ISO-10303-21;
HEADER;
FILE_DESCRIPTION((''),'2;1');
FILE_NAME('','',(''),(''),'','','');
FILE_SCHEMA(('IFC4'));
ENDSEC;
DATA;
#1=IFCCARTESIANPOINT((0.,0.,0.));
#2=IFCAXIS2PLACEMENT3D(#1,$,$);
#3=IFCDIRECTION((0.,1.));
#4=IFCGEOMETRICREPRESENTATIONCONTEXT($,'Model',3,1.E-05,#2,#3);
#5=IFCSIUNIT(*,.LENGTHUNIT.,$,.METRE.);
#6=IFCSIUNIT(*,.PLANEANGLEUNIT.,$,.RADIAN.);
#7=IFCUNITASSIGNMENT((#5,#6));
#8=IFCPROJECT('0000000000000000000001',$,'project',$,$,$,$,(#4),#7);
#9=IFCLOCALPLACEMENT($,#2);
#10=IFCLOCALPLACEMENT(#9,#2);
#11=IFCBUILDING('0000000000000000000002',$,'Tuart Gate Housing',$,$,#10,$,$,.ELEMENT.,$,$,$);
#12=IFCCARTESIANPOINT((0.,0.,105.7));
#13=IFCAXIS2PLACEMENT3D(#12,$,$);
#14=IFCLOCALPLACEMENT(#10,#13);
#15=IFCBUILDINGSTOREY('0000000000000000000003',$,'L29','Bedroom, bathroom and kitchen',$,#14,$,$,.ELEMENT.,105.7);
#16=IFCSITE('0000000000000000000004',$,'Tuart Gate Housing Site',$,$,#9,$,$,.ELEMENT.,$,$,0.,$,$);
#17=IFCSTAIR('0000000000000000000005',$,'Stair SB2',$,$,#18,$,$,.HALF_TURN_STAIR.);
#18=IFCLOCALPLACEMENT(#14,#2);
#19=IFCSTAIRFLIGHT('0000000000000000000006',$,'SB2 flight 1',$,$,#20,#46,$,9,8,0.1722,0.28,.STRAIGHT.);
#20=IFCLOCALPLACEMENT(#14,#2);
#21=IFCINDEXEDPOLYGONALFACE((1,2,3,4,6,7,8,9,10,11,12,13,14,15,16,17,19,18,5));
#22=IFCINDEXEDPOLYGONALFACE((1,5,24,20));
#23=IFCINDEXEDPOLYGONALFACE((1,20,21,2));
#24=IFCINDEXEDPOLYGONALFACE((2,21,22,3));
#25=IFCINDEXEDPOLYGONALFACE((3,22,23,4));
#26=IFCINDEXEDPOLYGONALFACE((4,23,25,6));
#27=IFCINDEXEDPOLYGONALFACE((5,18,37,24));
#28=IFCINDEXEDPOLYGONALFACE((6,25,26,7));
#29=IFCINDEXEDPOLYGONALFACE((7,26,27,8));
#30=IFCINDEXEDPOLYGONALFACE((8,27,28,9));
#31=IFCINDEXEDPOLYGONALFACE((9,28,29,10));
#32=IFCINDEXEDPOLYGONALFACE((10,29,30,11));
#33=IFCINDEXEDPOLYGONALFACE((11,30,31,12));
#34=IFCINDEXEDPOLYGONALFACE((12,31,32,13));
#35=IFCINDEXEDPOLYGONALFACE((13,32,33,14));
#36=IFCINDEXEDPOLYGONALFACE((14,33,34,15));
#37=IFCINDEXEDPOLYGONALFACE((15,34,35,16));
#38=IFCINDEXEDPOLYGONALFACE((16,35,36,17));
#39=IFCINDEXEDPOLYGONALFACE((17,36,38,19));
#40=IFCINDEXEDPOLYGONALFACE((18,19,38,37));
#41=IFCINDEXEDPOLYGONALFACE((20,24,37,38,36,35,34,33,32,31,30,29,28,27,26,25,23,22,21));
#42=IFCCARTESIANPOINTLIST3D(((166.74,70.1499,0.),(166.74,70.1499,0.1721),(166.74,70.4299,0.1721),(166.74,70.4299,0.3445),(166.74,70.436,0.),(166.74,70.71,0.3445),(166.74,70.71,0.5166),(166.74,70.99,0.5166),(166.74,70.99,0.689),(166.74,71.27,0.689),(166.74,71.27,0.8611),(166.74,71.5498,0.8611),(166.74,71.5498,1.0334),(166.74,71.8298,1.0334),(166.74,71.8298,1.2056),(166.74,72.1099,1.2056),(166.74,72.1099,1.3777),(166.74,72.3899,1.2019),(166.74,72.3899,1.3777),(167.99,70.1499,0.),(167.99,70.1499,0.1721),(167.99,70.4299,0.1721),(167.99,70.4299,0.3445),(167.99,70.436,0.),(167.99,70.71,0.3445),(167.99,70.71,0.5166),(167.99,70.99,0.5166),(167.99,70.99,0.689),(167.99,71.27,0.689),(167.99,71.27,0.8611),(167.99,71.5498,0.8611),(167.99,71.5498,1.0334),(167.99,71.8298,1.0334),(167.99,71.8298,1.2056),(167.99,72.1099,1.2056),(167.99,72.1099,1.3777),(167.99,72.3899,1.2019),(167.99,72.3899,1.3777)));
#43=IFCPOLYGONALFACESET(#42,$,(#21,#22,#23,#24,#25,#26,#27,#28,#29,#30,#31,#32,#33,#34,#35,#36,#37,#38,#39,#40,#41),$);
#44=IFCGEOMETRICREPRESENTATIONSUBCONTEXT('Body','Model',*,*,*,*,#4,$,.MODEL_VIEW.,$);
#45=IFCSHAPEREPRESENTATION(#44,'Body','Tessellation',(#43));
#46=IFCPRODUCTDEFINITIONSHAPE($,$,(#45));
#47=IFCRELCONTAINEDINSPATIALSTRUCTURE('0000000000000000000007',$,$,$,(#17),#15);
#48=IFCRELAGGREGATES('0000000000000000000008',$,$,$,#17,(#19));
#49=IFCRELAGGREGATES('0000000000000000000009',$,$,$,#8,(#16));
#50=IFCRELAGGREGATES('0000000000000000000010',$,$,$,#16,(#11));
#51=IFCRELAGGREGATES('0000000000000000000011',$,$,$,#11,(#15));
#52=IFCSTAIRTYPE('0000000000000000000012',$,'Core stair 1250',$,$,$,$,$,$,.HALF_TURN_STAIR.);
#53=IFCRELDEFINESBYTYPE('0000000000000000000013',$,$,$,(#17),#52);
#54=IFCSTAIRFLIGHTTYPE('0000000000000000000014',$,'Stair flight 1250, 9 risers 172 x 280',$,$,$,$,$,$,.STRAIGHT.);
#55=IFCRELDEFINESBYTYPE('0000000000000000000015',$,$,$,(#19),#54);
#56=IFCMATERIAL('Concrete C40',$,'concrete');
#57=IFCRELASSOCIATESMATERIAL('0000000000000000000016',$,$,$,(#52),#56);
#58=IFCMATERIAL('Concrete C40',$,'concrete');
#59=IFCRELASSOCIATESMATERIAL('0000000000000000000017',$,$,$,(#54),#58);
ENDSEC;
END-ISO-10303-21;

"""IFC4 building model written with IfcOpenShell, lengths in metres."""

from ifc_helpers import new_model, si_unit, direction, frame, origin, place, context, subcontext, project, spatial, polyline, outline, extrude, material, type_object, element, aggregate, save


model = new_model("IFC4")

# Units and contexts
model_context = context("Model", 3, precision=1e-05, world=origin(), true_north=direction((0.0, 1.0)))
body_context = subcontext(model_context, "Body", "Model", "MODEL_VIEW")
ifc_project = project(units=[si_unit("LENGTHUNIT", "METRE"), si_unit("PLANEANGLEUNIT", "RADIAN")], contexts=[model_context])

# Site, building, storey
site_placement = place(None, origin())
site = spatial("IfcSite", under=ifc_project, at=site_placement, Name="Tuart Gate Housing Site", CompositionType="ELEMENT", RefElevation=0.0)
building_placement = place(site_placement, origin())
building = spatial("IfcBuilding", under=site, at=building_placement, Name="Tuart Gate Housing", CompositionType="ELEMENT")
storey_placement = place(building_placement, frame((0.0, 0.0, 105.7)))
storey = spatial("IfcBuildingStorey", under=building, at=storey_placement, Name="L29", Description="Bedroom, bathroom and kitchen", CompositionType="ELEMENT", Elevation=105.7)

# Stair, stair flight
ifc_material_1 = material(Name="Concrete C40", Category="concrete")
stair_type = type_object("IfcStairType", Name="Core stair 1250", PredefinedType="HALF_TURN_STAIR", material=ifc_material_1)
stair_placement = place(storey_placement, origin())
stair = element("IfcStair", 1, at=stair_placement, inside=storey, type_object=stair_type, Name="Stair SB2", PredefinedType="HALF_TURN_STAIR")
ifc_material_2 = material(Name="Concrete C40", Category="concrete")
stair_flight_type = type_object("IfcStairFlightType", Name="Stair flight 1250, 9 risers 172 x 280", PredefinedType="STRAIGHT", material=ifc_material_2)
stair_flight_placement = place(storey_placement, frame((167.365, 70.1499, 0.0), z_axis=(0.0, 0.0, 1.0), x_axis=(0.0, 1.0, 0.0)))
stair_flight = element("IfcStairFlight", 2, at=stair_flight_placement, type_object=stair_flight_type, Name="SB2 flight 1", NumberOfRisers=9, NumberOfTreads=8, PredefinedType="STRAIGHT", RiserHeight=0.1722, TreadLength=0.28, context=body_context, shape_type="SweptSolid", body=[
    extrude(outline(polyline([(0.0, 0.0), (0.0, 0.1721), (0.28, 0.1721), (0.28, 0.3445), (0.5601, 0.3445), (0.5601, 0.5166), (0.8401, 0.5166), (0.8401, 0.689), (1.1201, 0.689), (1.1201, 0.8611), (1.3999, 0.8611), (1.3999, 1.0334), (1.6799, 1.0334), (1.6799, 1.2056), (1.96, 1.2056), (1.96, 1.3777), (2.24, 1.3777), (2.24, 1.55), (2.24, 1.2019), (0.2861, 0.0), (0.0, 0.0)])), frame((0.0, 0.625, 0.0), z_axis=(0.0, -1.0, 0.0), x_axis=(1.0, 0.0, 0.0)), (0.0, 0.0, 1.0), 1.25),
])
aggregate(stair, [stair_flight])

save(model, "model.ifc")
